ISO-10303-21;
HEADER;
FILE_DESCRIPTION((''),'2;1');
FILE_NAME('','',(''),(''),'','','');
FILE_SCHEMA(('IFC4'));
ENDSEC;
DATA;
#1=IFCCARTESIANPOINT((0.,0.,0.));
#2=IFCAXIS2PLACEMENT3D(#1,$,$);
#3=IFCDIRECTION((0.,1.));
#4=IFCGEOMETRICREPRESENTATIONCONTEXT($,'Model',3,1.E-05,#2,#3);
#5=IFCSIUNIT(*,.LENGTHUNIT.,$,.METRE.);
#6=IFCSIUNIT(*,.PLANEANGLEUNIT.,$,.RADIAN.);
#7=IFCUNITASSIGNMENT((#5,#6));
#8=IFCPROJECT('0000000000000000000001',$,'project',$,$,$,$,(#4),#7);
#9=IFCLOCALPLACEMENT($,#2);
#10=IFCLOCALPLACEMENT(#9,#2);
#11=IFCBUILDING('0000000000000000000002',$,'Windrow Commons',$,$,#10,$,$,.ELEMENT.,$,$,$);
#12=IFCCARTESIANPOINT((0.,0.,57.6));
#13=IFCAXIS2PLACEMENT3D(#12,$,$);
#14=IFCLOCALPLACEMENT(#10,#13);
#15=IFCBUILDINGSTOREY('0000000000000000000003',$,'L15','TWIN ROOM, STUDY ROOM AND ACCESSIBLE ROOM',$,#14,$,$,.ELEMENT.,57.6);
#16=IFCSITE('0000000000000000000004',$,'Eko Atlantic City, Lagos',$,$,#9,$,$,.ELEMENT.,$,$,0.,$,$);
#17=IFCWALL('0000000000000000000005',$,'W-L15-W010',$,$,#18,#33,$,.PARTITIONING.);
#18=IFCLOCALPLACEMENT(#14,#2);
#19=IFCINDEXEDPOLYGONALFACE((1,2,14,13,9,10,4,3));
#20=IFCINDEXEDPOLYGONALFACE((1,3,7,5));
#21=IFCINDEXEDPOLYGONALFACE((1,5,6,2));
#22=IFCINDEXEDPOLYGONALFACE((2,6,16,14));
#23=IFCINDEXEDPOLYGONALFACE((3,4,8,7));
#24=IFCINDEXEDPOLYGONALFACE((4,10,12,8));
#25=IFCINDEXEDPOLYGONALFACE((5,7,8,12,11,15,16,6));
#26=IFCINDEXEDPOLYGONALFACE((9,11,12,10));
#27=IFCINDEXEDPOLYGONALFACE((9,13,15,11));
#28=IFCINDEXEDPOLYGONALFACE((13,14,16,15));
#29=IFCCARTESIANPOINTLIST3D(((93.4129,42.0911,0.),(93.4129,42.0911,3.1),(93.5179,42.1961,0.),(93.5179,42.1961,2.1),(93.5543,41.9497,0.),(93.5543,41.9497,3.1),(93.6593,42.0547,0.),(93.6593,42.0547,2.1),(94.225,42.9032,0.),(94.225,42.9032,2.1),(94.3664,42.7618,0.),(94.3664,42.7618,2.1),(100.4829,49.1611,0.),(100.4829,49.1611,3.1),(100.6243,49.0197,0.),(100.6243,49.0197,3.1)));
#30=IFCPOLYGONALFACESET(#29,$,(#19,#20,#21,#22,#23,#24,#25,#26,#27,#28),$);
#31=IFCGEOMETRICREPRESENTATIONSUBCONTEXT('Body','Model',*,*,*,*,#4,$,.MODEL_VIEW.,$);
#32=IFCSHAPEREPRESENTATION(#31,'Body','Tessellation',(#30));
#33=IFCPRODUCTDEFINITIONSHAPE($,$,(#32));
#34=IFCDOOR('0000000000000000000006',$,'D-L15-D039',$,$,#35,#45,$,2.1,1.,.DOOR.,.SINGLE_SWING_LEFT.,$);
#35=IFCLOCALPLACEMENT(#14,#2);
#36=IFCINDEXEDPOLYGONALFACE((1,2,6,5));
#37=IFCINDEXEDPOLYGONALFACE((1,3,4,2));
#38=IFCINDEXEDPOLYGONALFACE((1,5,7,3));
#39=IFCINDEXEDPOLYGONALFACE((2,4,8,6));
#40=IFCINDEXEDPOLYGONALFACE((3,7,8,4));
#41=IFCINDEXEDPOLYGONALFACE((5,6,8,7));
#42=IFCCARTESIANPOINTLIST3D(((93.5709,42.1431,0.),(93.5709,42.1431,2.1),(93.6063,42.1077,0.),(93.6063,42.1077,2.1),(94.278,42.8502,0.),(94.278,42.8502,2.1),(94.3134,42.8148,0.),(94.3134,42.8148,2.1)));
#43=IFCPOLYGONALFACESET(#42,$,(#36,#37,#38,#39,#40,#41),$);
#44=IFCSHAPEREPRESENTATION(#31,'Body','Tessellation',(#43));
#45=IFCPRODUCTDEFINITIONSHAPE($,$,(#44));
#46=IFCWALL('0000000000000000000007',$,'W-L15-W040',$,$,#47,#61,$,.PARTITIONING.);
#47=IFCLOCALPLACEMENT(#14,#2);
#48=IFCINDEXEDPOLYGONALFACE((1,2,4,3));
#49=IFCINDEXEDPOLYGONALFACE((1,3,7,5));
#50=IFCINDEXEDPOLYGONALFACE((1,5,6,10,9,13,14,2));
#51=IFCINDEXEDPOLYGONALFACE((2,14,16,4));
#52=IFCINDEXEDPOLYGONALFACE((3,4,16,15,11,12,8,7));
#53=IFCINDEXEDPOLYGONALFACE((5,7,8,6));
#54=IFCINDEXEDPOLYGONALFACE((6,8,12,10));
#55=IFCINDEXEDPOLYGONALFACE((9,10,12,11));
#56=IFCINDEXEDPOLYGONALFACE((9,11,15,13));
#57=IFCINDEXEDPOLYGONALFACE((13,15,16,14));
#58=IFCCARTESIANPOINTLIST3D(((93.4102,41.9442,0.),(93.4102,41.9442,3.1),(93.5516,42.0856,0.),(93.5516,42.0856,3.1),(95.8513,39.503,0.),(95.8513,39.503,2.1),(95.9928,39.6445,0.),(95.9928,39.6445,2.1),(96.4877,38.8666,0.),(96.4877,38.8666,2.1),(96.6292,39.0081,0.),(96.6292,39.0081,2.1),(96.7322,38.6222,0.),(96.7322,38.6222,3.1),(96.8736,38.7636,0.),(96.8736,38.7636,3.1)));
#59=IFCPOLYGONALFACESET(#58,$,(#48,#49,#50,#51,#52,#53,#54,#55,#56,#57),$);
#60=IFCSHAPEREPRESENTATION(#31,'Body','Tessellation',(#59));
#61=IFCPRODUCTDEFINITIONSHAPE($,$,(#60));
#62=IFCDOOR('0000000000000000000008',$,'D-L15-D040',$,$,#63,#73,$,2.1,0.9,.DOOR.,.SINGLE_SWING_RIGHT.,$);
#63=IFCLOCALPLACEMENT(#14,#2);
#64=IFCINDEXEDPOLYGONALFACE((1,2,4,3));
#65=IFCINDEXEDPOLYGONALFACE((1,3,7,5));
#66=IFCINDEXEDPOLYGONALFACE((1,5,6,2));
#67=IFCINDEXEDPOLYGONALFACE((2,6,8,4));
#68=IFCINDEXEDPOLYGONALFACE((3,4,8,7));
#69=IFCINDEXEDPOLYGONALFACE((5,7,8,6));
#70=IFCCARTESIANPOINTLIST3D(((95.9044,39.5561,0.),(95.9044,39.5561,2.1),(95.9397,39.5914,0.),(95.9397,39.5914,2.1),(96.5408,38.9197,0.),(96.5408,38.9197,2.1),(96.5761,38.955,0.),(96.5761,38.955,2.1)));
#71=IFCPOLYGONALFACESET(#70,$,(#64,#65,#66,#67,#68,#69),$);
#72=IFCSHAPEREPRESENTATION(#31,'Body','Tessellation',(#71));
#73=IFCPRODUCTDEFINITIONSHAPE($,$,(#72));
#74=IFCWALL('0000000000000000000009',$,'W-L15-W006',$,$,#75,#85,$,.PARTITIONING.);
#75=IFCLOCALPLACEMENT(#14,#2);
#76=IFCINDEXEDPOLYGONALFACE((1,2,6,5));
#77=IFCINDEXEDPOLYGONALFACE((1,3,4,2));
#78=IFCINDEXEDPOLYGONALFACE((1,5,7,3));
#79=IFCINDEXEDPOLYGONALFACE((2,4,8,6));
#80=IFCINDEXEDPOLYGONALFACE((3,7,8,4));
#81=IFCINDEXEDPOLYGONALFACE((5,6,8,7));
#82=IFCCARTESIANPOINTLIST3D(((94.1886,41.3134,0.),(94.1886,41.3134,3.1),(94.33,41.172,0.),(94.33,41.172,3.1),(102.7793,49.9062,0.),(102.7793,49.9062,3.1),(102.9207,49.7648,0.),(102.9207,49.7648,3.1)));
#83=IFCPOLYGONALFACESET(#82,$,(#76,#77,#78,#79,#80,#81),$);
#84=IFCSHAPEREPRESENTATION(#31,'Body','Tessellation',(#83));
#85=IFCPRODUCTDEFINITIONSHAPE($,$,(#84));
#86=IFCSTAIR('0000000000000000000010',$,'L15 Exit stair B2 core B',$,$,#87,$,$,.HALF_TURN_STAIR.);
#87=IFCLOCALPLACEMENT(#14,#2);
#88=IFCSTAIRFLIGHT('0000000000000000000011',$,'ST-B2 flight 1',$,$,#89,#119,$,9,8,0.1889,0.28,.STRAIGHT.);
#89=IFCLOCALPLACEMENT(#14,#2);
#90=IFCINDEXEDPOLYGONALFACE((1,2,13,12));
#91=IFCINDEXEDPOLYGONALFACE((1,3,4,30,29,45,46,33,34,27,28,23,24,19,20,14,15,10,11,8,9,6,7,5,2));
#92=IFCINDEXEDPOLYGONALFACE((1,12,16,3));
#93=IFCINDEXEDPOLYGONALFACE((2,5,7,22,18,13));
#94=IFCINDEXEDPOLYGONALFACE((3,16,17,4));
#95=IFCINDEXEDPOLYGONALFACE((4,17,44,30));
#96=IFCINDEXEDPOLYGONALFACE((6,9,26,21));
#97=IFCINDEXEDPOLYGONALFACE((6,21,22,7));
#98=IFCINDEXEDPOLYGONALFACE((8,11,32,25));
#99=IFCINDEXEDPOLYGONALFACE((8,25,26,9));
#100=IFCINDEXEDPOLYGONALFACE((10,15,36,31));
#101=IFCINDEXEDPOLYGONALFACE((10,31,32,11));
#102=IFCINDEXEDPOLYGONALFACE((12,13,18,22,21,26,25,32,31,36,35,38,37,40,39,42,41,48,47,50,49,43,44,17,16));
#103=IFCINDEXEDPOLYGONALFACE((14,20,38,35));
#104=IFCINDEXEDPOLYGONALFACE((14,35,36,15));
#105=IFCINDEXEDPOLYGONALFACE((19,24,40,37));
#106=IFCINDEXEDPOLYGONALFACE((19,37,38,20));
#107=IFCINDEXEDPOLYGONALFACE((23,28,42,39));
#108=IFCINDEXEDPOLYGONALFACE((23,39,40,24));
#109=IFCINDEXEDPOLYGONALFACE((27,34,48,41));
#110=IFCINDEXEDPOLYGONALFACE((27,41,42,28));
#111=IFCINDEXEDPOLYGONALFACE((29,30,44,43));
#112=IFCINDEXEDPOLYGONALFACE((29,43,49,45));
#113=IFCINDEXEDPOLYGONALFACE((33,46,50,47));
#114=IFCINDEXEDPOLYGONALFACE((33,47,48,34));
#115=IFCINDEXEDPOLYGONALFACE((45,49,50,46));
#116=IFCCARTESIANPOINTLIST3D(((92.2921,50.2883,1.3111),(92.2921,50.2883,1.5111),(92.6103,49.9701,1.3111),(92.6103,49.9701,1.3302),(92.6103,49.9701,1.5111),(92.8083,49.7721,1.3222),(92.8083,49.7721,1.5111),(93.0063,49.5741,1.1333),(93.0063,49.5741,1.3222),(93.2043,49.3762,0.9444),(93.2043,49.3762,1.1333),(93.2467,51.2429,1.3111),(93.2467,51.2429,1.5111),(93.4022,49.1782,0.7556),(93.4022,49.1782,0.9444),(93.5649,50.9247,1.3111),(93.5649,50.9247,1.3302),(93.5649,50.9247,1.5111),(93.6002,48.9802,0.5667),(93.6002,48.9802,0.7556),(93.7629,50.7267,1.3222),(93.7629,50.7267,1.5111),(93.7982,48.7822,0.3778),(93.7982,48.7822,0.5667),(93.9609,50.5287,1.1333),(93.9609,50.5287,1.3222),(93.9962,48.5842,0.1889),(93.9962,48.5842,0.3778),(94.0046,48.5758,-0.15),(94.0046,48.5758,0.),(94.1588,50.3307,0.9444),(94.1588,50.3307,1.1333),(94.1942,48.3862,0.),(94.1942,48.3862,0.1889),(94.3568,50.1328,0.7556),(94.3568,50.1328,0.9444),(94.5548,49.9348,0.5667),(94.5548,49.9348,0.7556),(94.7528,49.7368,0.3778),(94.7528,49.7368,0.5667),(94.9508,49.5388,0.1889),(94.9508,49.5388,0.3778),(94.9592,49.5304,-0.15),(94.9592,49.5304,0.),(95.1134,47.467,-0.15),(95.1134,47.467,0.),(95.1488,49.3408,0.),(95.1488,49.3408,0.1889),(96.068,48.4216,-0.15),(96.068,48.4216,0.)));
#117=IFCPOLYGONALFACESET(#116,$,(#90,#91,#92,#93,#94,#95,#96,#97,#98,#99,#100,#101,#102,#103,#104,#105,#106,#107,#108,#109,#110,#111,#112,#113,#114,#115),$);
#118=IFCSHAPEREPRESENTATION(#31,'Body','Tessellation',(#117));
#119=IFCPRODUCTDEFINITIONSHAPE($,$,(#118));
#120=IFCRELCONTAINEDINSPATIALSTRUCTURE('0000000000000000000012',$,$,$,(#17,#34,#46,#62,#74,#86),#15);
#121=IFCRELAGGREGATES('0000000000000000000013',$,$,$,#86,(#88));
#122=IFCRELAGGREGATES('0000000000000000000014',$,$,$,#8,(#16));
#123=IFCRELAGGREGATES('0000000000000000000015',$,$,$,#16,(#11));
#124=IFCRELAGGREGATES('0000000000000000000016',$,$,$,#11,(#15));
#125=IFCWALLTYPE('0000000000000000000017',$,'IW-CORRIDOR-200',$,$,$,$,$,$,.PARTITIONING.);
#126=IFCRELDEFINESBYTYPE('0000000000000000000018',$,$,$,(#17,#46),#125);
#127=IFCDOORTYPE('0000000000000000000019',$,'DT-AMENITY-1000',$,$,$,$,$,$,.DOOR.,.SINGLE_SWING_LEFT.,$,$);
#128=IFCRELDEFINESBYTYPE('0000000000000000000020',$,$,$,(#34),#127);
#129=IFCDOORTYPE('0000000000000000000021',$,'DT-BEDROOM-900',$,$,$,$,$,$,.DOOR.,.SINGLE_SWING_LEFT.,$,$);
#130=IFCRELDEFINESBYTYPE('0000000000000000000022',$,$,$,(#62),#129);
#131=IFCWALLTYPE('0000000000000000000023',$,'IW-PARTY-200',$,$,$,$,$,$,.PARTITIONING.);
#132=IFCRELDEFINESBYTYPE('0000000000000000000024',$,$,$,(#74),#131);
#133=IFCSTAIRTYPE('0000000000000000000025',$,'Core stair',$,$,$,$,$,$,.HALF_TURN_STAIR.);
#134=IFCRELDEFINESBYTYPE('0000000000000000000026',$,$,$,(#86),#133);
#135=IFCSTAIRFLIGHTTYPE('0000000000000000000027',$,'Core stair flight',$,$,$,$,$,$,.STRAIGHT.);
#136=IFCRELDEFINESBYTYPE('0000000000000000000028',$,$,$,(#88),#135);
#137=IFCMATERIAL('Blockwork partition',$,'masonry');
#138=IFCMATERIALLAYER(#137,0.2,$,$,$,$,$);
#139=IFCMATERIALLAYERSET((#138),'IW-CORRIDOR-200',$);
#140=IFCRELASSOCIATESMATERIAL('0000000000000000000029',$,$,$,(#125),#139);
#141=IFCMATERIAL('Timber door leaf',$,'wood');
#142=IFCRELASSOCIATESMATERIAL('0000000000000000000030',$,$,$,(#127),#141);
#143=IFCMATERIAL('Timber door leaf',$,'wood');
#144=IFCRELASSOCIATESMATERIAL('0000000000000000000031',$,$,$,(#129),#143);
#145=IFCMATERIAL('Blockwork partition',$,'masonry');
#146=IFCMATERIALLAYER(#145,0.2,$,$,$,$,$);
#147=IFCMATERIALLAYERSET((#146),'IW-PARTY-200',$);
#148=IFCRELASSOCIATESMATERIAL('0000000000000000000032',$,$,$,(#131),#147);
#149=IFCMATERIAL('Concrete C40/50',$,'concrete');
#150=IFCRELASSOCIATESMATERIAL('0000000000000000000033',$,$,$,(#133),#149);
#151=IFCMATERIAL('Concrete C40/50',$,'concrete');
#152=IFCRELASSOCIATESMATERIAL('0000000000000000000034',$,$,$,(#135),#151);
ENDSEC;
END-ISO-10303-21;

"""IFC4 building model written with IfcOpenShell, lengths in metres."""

from ifc_helpers import new_model, si_unit, direction, frame, frame_2d, origin, place, context, subcontext, project, spatial, polyline, rectangle, outline, extrude, material, layer, layer_set, type_object, element, fill, aggregate, save


model = new_model("IFC4")

# Units and contexts
model_context = context("Model", 3, precision=1e-05, world=origin(), true_north=direction((0.0, 1.0)))
body_context = subcontext(model_context, "Body", "Model", "MODEL_VIEW")
ifc_project = project(units=[si_unit("LENGTHUNIT", "METRE"), si_unit("PLANEANGLEUNIT", "RADIAN")], contexts=[model_context])

# Site, building, storey
site_placement = place(None, origin())
site = spatial("IfcSite", under=ifc_project, at=site_placement, Name="Eko Atlantic City, Lagos", CompositionType="ELEMENT", RefElevation=0.0)
building_placement = place(site_placement, origin())
building = spatial("IfcBuilding", under=site, at=building_placement, Name="Windrow Commons", CompositionType="ELEMENT")
storey_placement = place(building_placement, frame((0.0, 0.0, 57.6)))
storey = spatial("IfcBuildingStorey", under=building, at=storey_placement, Name="L15", Description="TWIN ROOM, STUDY ROOM AND ACCESSIBLE ROOM", CompositionType="ELEMENT", Elevation=57.6)

# Walls, openings, doors
ifc_material_1 = material(Name="Blockwork partition", Category="masonry")
ifc_layer_1 = layer(ifc_material_1, 0.2)
ifc_layer_set_1 = layer_set([ifc_layer_1], Name="IW-CORRIDOR-200")
wall_type_1 = type_object("IfcWallType", Name="IW-CORRIDOR-200", PredefinedType="PARTITIONING", material=ifc_layer_set_1)
wall_1_placement = place(storey_placement, frame((93.4836, 42.0204, 0.0), z_axis=(0.0, 0.0, 1.0), x_axis=(0.707107, 0.707107, 0.0)))
wall_1 = element("IfcWall", 1, at=wall_1_placement, inside=storey, type_object=wall_type_1, Name="W-L15-W010", PredefinedType="PARTITIONING", context=body_context, shape_type="SweptSolid", body=[
    extrude(rectangle(XDim=9.9985, YDim=0.2, at=frame_2d((4.9992, 0.0))), origin(), (0.0, 0.0, 1.0), 3.1),
])
opening_1_placement = place(wall_1_placement, frame((0.1485, 0.0, 0.0)))
opening_1 = element("IfcOpeningElement", 2, at=opening_1_placement, cuts=wall_1, PredefinedType="OPENING", context=body_context, shape_type="SweptSolid", body=[
    extrude(rectangle(XDim=1.0, YDim=2.1, at=frame_2d((0.5, 1.05))), frame((0.0, 0.11, 0.0), z_axis=(0.0, -1.0, 0.0), x_axis=(1.0, 0.0, 0.0)), (0.0, 0.0, 1.0), 0.22),
])
ifc_material_2 = material(Name="Timber door leaf", Category="wood")
door_type_1 = type_object("IfcDoorType", Name="DT-AMENITY-1000", OperationType="SINGLE_SWING_LEFT", PredefinedType="DOOR", material=ifc_material_2)
door_1_placement = place(opening_1_placement, origin())
door_1 = element("IfcDoor", 3, at=door_1_placement, inside=storey, type_object=door_type_1, Name="D-L15-D039", OperationType="SINGLE_SWING_LEFT", OverallHeight=2.1, OverallWidth=1.0, PredefinedType="DOOR", context=body_context, shape_type="SweptSolid", body=[
    extrude(rectangle(XDim=1.0, YDim=2.1, at=frame_2d((0.5, 1.05))), frame((0.0, 0.025, 0.0), z_axis=(0.0, -1.0, 0.0), x_axis=(1.0, 0.0, 0.0)), (0.0, 0.0, 1.0), 0.05),
])
fill(opening_1, door_1)
wall_2_placement = place(storey_placement, frame((93.4809, 42.0149, 0.0), z_axis=(0.0, 0.0, 1.0), x_axis=(0.707107, -0.707107, 0.0)))
wall_2 = element("IfcWall", 4, at=wall_2_placement, inside=storey, type_object=wall_type_1, Name="W-L15-W040", PredefinedType="PARTITIONING", context=body_context, shape_type="SweptSolid", body=[
    extrude(rectangle(XDim=4.698, YDim=0.2, at=frame_2d((2.349, 0.0))), origin(), (0.0, 0.0, 1.0), 3.1),
])
opening_2_placement = place(wall_2_placement, frame((3.4523, 0.0, 0.0)))
opening_2 = element("IfcOpeningElement", 5, at=opening_2_placement, cuts=wall_2, PredefinedType="OPENING", context=body_context, shape_type="SweptSolid", body=[
    extrude(rectangle(XDim=0.9, YDim=2.1, at=frame_2d((0.45, 1.05))), frame((0.0, 0.11, 0.0), z_axis=(0.0, -1.0, 0.0), x_axis=(1.0, 0.0, 0.0)), (0.0, 0.0, 1.0), 0.22),
])
ifc_material_3 = material(Name="Timber door leaf", Category="wood")
door_type_2 = type_object("IfcDoorType", Name="DT-BEDROOM-900", OperationType="SINGLE_SWING_LEFT", PredefinedType="DOOR", material=ifc_material_3)
door_2_placement = place(opening_2_placement, origin())
door_2 = element("IfcDoor", 6, at=door_2_placement, inside=storey, type_object=door_type_2, Name="D-L15-D040", OperationType="SINGLE_SWING_RIGHT", OverallHeight=2.1, OverallWidth=0.9, PredefinedType="DOOR", context=body_context, shape_type="SweptSolid", body=[
    extrude(rectangle(XDim=0.9, YDim=2.1, at=frame_2d((0.45, 1.05))), frame((0.0, 0.025, 0.0), z_axis=(0.0, -1.0, 0.0), x_axis=(1.0, 0.0, 0.0)), (0.0, 0.0, 1.0), 0.05),
])
fill(opening_2, door_2)

# Wall
ifc_material_4 = material(Name="Blockwork partition", Category="masonry")
ifc_layer_2 = layer(ifc_material_4, 0.2)
ifc_layer_set_2 = layer_set([ifc_layer_2], Name="IW-PARTY-200")
wall_type_2 = type_object("IfcWallType", Name="IW-PARTY-200", PredefinedType="PARTITIONING", material=ifc_layer_set_2)
wall_3_placement = place(storey_placement, frame((94.2593, 41.2427, 0.0), z_axis=(0.0, 0.0, 1.0), x_axis=(0.70702, 0.707193, 0.0)))
element("IfcWall", 7, at=wall_3_placement, inside=storey, type_object=wall_type_2, Name="W-L15-W006", PredefinedType="PARTITIONING", context=body_context, shape_type="SweptSolid", body=[
    extrude(rectangle(XDim=12.1506, YDim=0.2, at=frame_2d((6.0753, 0.0))), origin(), (0.0, 0.0, 1.0), 3.1),
])

# Stair, stair flight
ifc_material_5 = material(Name="Concrete C40/50", Category="concrete")
stair_type = type_object("IfcStairType", Name="Core stair", PredefinedType="HALF_TURN_STAIR", material=ifc_material_5)
stair_placement = place(storey_placement, origin())
stair = element("IfcStair", 8, at=stair_placement, inside=storey, type_object=stair_type, Name="L15 Exit stair B2 core B", PredefinedType="HALF_TURN_STAIR")
ifc_material_6 = material(Name="Concrete C40/50", Category="concrete")
stair_flight_type = type_object("IfcStairFlightType", Name="Core stair flight", PredefinedType="STRAIGHT", material=ifc_material_6)
stair_flight_placement = place(storey_placement, frame((94.6715, 48.8635, 0.0), z_axis=(0.0, 0.0, 1.0), x_axis=(-0.707107, 0.707107, 0.0)))
stair_flight = element("IfcStairFlight", 9, at=stair_flight_placement, type_object=stair_flight_type, Name="ST-B2 flight 1", NumberOfRisers=9, NumberOfTreads=8, PredefinedType="STRAIGHT", RiserHeight=0.1889, TreadLength=0.28, context=body_context, shape_type="SweptSolid", body=[
    extrude(outline(polyline([(-1.3, -0.15), (-1.3, 0.0), (0.0, 0.0), (0.0, 0.1889), (0.28, 0.1889), (0.28, 0.3778), (0.56, 0.3778), (0.56, 0.5667), (0.84, 0.5667), (0.84, 0.7556), (1.12, 0.7556), (1.12, 0.9444), (1.4, 0.9444), (1.4, 1.1333), (1.68, 1.1333), (1.68, 1.3222), (1.96, 1.3222), (1.96, 1.5111), (2.24, 1.5111), (2.69, 1.5111), (2.69, 1.3111), (2.24, 1.3111), (2.24, 1.3302), (0.2682, 0.0), (0.2682, -0.15), (-1.3, -0.15)])), frame((0.0, 0.675, 0.0), z_axis=(0.0, -1.0, 0.0), x_axis=(1.0, 0.0, 0.0)), (0.0, 0.0, 1.0), 1.35),
])
aggregate(stair, [stair_flight])

save(model, "model.ifc")
